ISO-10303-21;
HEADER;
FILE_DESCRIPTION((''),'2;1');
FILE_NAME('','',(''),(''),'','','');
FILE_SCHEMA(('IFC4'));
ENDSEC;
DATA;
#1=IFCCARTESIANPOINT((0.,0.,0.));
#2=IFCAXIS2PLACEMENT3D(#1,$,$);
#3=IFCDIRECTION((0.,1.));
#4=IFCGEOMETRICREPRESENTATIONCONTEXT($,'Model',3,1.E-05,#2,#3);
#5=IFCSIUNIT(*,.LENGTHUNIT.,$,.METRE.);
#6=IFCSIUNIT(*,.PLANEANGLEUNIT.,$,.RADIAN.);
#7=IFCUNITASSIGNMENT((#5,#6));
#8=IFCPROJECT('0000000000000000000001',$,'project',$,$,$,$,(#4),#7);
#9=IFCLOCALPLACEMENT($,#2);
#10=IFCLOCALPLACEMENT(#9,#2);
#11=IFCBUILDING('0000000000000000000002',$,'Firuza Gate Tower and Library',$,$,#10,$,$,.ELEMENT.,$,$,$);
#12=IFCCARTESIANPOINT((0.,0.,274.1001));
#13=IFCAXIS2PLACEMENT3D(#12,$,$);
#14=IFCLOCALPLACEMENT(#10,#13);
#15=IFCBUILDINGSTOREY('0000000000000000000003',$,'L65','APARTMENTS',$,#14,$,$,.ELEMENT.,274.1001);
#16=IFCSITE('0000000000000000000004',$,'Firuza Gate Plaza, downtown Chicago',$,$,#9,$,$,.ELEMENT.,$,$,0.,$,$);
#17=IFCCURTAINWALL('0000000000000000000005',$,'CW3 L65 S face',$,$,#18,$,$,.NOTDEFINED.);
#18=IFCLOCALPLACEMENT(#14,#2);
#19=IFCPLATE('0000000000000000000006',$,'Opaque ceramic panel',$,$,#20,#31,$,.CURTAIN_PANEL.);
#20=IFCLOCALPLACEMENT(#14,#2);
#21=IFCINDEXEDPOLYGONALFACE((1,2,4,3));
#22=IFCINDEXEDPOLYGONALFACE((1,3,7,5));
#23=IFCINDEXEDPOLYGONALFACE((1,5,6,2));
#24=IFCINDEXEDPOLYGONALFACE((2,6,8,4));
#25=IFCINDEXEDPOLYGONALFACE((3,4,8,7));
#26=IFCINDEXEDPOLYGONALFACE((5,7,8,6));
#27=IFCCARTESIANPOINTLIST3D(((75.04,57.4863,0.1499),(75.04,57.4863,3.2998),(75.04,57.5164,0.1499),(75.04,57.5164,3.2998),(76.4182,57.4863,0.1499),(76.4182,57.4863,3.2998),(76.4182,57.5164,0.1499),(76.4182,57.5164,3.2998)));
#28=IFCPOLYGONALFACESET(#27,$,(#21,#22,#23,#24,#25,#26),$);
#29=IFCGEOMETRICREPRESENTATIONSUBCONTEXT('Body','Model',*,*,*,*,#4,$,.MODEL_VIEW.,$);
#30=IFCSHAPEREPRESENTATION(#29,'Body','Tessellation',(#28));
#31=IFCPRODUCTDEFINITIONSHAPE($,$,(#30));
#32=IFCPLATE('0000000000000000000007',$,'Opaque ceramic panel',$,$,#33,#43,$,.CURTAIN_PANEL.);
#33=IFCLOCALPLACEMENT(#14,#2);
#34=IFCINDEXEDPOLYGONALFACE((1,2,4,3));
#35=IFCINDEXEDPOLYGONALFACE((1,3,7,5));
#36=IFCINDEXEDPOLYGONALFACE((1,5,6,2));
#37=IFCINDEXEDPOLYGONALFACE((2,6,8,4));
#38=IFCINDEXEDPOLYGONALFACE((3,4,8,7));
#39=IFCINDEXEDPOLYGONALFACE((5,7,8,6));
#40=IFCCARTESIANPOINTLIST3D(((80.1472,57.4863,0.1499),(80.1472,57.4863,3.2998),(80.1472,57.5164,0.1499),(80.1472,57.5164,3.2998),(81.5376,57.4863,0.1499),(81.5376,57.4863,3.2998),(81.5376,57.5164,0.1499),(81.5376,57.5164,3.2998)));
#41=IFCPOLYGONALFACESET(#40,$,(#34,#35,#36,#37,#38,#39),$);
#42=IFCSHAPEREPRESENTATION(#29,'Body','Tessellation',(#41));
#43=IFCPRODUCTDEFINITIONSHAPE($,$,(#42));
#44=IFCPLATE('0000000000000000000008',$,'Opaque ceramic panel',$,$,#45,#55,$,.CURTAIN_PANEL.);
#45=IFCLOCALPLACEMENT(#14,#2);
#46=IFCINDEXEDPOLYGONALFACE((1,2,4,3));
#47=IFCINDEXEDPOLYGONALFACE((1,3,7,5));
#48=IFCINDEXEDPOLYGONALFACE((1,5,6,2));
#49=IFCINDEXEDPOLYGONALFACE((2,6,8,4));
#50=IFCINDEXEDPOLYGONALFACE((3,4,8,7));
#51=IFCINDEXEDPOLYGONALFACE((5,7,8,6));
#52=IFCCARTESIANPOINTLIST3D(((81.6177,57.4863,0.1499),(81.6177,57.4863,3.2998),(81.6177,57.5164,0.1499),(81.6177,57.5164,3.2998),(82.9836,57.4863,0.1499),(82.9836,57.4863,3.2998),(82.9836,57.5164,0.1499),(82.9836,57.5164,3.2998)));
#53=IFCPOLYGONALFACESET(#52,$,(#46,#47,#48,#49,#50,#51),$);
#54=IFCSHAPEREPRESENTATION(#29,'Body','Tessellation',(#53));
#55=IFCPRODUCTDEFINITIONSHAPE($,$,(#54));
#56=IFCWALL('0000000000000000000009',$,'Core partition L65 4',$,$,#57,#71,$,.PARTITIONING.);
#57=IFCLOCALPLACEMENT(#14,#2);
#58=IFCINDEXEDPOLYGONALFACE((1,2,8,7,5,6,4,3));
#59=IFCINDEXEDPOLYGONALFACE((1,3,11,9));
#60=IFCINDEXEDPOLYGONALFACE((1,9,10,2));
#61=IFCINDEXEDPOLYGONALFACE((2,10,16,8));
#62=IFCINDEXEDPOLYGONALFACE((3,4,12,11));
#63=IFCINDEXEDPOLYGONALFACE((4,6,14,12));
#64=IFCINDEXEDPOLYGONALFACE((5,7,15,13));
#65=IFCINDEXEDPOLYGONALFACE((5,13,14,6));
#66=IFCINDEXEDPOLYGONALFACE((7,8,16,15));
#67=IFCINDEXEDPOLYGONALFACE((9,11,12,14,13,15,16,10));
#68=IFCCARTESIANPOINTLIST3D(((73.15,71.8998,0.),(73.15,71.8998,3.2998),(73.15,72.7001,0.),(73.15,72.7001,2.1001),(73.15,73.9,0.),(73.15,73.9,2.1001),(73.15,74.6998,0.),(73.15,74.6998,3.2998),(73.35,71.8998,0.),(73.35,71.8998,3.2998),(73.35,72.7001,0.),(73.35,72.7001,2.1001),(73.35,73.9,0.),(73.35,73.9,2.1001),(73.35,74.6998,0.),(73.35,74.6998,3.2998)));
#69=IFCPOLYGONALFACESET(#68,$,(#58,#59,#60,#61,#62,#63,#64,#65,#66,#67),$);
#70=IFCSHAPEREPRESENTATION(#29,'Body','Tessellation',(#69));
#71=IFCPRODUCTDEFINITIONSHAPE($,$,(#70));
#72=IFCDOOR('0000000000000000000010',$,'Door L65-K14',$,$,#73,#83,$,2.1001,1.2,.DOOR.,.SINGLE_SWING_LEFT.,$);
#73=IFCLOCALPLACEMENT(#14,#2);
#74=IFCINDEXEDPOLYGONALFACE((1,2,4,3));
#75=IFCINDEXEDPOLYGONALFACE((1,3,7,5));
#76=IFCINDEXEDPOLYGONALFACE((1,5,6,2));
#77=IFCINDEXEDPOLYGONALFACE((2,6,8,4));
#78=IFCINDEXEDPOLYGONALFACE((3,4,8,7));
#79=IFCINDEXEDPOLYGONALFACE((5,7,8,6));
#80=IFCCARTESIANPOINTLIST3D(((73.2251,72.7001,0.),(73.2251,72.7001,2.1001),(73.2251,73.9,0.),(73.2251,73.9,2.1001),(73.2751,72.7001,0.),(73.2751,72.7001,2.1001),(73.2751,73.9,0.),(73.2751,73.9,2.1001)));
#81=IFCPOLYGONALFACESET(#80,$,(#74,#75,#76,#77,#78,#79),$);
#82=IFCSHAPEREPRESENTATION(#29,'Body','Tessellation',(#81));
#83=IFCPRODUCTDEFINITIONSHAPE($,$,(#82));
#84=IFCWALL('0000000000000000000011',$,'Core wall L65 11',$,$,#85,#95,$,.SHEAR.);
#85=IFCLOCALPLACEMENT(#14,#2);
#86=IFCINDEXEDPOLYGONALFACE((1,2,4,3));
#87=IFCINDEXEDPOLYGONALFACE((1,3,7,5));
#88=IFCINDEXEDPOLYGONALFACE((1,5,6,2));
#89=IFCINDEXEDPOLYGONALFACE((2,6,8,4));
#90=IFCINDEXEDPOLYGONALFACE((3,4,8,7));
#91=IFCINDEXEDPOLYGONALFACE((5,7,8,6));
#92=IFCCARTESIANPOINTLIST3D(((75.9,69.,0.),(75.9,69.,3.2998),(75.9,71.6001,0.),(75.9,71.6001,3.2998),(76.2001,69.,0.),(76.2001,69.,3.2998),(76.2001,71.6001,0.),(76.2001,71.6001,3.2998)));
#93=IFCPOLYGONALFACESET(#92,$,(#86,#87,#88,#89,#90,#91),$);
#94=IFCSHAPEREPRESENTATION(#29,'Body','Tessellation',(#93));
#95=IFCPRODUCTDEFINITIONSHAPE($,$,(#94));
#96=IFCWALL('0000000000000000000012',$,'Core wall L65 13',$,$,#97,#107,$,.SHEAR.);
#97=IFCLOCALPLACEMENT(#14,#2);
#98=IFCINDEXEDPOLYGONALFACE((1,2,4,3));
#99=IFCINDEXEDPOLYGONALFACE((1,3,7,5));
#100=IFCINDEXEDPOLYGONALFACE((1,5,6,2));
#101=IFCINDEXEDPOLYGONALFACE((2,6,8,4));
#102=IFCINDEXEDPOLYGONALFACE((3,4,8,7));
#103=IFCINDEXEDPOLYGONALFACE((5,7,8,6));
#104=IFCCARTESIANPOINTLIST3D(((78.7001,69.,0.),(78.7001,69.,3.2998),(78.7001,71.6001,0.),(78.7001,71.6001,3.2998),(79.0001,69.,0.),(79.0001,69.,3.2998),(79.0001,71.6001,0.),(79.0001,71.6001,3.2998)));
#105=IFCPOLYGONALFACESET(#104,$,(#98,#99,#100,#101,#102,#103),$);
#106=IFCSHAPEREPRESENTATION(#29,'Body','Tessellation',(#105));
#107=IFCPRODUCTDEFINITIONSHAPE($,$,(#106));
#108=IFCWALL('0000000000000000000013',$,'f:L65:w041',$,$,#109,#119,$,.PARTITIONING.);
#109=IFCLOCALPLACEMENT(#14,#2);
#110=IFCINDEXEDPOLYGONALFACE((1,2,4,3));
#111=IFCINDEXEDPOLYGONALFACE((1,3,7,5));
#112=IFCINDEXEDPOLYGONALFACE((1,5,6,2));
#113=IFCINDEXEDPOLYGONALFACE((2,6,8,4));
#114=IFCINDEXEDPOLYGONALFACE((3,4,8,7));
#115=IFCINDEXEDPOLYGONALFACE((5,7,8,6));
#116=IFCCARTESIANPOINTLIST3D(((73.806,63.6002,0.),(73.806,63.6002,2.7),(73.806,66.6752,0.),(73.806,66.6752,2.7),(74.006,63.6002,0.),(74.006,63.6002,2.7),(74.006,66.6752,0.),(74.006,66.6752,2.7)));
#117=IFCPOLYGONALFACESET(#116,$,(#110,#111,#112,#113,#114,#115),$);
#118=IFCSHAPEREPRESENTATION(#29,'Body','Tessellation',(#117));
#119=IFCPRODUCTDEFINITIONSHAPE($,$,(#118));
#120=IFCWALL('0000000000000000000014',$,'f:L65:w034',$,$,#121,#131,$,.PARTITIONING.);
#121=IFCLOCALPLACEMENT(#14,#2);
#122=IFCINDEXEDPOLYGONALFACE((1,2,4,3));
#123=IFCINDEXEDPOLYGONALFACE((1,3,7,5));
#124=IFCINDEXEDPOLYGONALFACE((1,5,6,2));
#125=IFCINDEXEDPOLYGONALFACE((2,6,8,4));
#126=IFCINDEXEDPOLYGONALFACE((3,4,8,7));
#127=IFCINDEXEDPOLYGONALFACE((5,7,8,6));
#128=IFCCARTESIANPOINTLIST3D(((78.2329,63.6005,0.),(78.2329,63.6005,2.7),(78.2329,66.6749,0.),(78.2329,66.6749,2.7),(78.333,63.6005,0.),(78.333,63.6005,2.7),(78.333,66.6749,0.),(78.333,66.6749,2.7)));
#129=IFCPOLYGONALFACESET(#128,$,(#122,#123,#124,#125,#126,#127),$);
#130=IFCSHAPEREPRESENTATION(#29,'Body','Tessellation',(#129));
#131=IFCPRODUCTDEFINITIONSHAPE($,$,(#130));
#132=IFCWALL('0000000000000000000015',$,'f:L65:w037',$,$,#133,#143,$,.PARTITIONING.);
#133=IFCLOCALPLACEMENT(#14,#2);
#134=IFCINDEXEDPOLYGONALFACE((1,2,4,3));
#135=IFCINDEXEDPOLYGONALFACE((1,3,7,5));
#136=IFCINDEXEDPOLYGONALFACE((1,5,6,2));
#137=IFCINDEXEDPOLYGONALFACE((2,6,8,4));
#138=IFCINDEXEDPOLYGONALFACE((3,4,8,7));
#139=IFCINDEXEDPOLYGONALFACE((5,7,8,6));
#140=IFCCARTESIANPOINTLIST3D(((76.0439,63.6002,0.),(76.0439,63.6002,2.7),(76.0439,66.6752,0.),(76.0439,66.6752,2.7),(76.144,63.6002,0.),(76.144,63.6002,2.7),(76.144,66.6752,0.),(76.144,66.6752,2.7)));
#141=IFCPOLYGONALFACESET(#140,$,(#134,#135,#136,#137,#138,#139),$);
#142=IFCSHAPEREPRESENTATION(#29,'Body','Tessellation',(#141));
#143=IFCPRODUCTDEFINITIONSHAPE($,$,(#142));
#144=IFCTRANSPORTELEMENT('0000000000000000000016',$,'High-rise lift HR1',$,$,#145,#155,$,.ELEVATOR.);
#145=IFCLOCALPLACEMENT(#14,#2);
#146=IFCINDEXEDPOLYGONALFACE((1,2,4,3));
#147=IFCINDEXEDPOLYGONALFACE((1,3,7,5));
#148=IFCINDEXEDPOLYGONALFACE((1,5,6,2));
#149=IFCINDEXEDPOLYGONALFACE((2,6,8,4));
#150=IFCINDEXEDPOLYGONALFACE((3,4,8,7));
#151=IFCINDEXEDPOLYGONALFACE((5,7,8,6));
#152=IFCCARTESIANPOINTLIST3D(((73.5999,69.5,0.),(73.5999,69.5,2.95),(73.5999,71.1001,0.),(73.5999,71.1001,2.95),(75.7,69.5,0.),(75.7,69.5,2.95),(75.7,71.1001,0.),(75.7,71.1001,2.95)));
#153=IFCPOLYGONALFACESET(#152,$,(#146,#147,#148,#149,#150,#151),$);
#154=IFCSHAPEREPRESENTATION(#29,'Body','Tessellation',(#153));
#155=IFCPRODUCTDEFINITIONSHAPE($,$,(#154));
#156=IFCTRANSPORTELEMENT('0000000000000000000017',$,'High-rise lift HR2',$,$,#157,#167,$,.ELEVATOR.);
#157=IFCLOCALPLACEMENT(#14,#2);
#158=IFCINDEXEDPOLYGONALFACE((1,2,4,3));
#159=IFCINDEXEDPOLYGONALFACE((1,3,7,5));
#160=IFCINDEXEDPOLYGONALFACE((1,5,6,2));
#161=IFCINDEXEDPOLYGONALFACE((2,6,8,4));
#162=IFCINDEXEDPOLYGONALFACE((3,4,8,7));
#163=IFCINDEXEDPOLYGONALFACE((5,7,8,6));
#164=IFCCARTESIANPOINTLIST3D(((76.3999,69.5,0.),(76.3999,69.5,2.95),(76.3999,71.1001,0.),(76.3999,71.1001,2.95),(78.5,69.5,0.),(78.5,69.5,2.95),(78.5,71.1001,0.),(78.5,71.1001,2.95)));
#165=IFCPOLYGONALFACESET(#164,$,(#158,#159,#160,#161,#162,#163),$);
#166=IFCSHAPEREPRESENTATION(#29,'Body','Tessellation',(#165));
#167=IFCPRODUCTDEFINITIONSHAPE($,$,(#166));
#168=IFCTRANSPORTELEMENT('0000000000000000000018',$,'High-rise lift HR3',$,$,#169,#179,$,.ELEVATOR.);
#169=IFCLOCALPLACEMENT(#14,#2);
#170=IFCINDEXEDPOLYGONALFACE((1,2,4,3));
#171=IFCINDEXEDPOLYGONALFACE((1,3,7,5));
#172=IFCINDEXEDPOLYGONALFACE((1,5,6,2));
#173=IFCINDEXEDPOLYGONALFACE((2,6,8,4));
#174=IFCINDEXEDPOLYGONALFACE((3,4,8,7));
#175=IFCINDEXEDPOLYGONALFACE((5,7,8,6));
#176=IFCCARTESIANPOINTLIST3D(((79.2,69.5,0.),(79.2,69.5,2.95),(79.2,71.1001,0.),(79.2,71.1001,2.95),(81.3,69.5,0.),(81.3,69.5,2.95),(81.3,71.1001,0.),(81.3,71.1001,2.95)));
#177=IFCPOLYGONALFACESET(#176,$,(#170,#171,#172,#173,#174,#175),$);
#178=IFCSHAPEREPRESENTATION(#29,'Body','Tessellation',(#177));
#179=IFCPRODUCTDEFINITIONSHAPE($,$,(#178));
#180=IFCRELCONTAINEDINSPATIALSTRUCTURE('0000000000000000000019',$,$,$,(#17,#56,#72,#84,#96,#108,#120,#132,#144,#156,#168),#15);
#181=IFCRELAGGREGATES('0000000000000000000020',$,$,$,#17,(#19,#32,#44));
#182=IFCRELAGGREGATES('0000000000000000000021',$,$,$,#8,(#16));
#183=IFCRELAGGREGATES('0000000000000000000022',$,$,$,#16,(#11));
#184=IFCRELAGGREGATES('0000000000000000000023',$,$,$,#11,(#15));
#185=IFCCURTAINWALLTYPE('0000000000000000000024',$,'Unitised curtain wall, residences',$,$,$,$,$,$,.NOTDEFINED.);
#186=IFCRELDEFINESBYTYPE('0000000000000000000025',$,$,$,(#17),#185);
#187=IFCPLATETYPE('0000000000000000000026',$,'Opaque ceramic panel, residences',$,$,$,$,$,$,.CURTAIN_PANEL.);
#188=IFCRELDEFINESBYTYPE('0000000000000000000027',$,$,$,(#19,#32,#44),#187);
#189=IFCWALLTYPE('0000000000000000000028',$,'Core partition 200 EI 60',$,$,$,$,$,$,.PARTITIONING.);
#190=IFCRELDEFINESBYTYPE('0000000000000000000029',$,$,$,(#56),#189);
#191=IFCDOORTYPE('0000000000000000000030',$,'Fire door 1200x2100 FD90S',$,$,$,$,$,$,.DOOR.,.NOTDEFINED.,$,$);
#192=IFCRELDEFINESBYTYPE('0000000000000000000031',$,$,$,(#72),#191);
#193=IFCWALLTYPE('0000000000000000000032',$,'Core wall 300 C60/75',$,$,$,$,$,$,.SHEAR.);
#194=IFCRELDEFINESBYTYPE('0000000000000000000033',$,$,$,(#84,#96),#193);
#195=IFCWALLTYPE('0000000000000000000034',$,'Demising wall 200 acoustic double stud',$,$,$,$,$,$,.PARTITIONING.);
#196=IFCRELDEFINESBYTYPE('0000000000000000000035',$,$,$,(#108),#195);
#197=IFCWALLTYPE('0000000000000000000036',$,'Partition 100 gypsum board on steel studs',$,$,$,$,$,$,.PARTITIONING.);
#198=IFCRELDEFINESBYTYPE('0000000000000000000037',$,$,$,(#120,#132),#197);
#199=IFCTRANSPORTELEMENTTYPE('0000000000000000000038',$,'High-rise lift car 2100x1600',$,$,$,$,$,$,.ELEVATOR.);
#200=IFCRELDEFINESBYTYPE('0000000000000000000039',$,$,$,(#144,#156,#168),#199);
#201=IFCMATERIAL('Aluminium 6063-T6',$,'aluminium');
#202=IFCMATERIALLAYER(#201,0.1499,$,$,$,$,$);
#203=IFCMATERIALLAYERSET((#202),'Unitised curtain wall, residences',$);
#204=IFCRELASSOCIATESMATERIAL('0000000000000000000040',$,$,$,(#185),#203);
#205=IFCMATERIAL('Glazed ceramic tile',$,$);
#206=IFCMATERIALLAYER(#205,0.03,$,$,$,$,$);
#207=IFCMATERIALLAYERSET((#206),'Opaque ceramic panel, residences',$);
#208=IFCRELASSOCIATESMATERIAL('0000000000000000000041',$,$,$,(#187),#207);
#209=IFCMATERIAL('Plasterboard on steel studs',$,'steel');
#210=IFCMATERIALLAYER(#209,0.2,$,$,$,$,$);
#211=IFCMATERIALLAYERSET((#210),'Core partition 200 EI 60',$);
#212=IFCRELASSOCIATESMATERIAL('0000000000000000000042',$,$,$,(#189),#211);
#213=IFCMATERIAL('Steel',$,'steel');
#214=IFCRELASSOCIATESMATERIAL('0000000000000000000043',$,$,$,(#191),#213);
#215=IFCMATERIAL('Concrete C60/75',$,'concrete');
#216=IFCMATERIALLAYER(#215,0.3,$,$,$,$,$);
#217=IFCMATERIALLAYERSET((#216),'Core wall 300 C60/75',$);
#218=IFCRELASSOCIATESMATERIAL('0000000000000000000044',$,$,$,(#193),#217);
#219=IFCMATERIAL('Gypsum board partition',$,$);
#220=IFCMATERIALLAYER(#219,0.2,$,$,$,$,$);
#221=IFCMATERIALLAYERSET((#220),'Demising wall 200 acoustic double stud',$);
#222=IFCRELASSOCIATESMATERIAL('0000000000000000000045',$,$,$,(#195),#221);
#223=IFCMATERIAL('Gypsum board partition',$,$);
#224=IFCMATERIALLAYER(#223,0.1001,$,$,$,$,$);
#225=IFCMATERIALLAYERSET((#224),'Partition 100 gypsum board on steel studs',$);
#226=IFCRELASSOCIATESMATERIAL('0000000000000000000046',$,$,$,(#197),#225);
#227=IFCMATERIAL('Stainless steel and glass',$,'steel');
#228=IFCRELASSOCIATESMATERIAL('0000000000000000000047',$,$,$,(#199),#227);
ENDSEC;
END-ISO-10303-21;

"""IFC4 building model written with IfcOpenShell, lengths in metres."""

from ifc_helpers import new_model, si_unit, direction, frame, frame_2d, origin, origin_2d, place, context, subcontext, project, spatial, polyline, rectangle, outline, extrude, material, layer, layer_set, type_object, element, fill, aggregate, save


model = new_model("IFC4")

# Units and contexts
model_context = context("Model", 3, precision=1e-05, world=origin(), true_north=direction((0.0, 1.0)))
body_context = subcontext(model_context, "Body", "Model", "MODEL_VIEW")
ifc_project = project(units=[si_unit("LENGTHUNIT", "METRE"), si_unit("PLANEANGLEUNIT", "RADIAN")], contexts=[model_context])

# Site, building, storey
site_placement = place(None, origin())
site = spatial("IfcSite", under=ifc_project, at=site_placement, Name="Firuza Gate Plaza, downtown Chicago", CompositionType="ELEMENT", RefElevation=0.0)
building_placement = place(site_placement, origin())
building = spatial("IfcBuilding", under=site, at=building_placement, Name="Firuza Gate Tower and Library", CompositionType="ELEMENT")
storey_placement = place(building_placement, frame((0.0, 0.0, 274.1001)))
storey = spatial("IfcBuildingStorey", under=building, at=storey_placement, Name="L65", Description="APARTMENTS", CompositionType="ELEMENT", Elevation=274.1001)

# Curtain wall
ifc_material_1 = material(Name="Aluminium 6063-T6", Category="aluminium")
ifc_layer_1 = layer(ifc_material_1, 0.1499)
ifc_layer_set_1 = layer_set([ifc_layer_1], Name="Unitised curtain wall, residences")
curtain_wall_type = type_object("IfcCurtainWallType", Name="Unitised curtain wall, residences", PredefinedType="NOTDEFINED", material=ifc_layer_set_1)
curtain_wall_placement = place(storey_placement, origin())
curtain_wall = element("IfcCurtainWall", 1, at=curtain_wall_placement, inside=storey, type_object=curtain_wall_type, Name="CW3 L65 S face", PredefinedType="NOTDEFINED")

# Plates
ifc_material_2 = material(Name="Glazed ceramic tile")
ifc_layer_2 = layer(ifc_material_2, 0.03)
ifc_layer_set_2 = layer_set([ifc_layer_2], Name="Opaque ceramic panel, residences")
plate_type_1 = type_object("IfcPlateType", Name="Opaque ceramic panel, residences", PredefinedType="CURTAIN_PANEL", material=ifc_layer_set_2)
plate_1_placement = place(storey_placement, frame((75.04, 57.4863, 0.1499), z_axis=(0.0, -1.0, 0.0), x_axis=(1.0, 0.0, 0.0)))
plate_1 = element("IfcPlate", 2, at=plate_1_placement, type_object=plate_type_1, Name="Opaque ceramic panel", PredefinedType="CURTAIN_PANEL", context=body_context, shape_type="SweptSolid", body=[
    extrude(outline(polyline([(0.0, 0.0), (1.3782, 0.0), (1.3782, 3.1499), (0.0, 3.1499), (0.0, 0.0)])), origin(), (0.0, 0.0, -1.0), 0.03),
])
plate_2_placement = place(storey_placement, frame((80.1472, 57.4863, 0.1499), z_axis=(0.0, -1.0, 0.0), x_axis=(1.0, 0.0, 0.0)))
plate_2 = element("IfcPlate", 3, at=plate_2_placement, type_object=plate_type_1, Name="Opaque ceramic panel", PredefinedType="CURTAIN_PANEL", context=body_context, shape_type="SweptSolid", body=[
    extrude(outline(polyline([(0.0, 0.0), (1.3904, 0.0), (1.3904, 3.1499), (0.0, 3.1499), (0.0, 0.0)])), origin(), (0.0, 0.0, -1.0), 0.03),
])
plate_3_placement = place(storey_placement, frame((81.6177, 57.4863, 0.1499), z_axis=(0.0, -1.0, 0.0), x_axis=(1.0, 0.0, 0.0)))
plate_3 = element("IfcPlate", 4, at=plate_3_placement, type_object=plate_type_1, Name="Opaque ceramic panel", PredefinedType="CURTAIN_PANEL", context=body_context, shape_type="SweptSolid", body=[
    extrude(outline(polyline([(0.0, 0.0), (1.366, 0.0), (1.366, 3.1499), (0.0, 3.1499), (0.0, 0.0)])), origin(), (0.0, 0.0, -1.0), 0.03),
])
aggregate(curtain_wall, [plate_1, plate_2, plate_3])

# Wall, opening, door
ifc_material_3 = material(Name="Plasterboard on steel studs", Category="steel")
ifc_layer_3 = layer(ifc_material_3, 0.2)
ifc_layer_set_3 = layer_set([ifc_layer_3], Name="Core partition 200 EI 60")
wall_type_1 = type_object("IfcWallType", Name="Core partition 200 EI 60", PredefinedType="PARTITIONING", material=ifc_layer_set_3)
wall_1_placement = place(storey_placement, frame((73.25, 71.8999, 0.0), z_axis=(0.0, 0.0, 1.0), x_axis=(0.0, 1.0, 0.0)))
wall_1 = element("IfcWall", 5, at=wall_1_placement, inside=storey, type_object=wall_type_1, Name="Core partition L65 4", PredefinedType="PARTITIONING", context=body_context, shape_type="SweptSolid", body=[
    extrude(rectangle(XDim=2.8, YDim=0.2, at=frame_2d((1.3999, 0.0))), origin(), (0.0, 0.0, 1.0), 3.2998),
])
opening_placement = place(wall_1_placement, frame((0.8, 0.0, 0.0)))
opening = element("IfcOpeningElement", 6, at=opening_placement, cuts=wall_1, PredefinedType="OPENING", context=body_context, shape_type="SweptSolid", body=[
    extrude(rectangle(XDim=1.2, YDim=2.1001, at=frame_2d((0.6001, 1.05))), frame((0.0, 0.1099, 0.0), z_axis=(0.0, -1.0, 0.0), x_axis=(1.0, 0.0, 0.0)), (0.0, 0.0, 1.0), 0.22),
])
ifc_material_4 = material(Name="Steel", Category="steel")
door_type = type_object("IfcDoorType", Name="Fire door 1200x2100 FD90S", OperationType="NOTDEFINED", PredefinedType="DOOR", material=ifc_material_4)
door_placement = place(opening_placement, origin())
door = element("IfcDoor", 7, at=door_placement, inside=storey, type_object=door_type, Name="Door L65-K14", OperationType="SINGLE_SWING_LEFT", OverallHeight=2.1001, OverallWidth=1.2, PredefinedType="DOOR", context=body_context, shape_type="SweptSolid", body=[
    extrude(rectangle(XDim=1.2, YDim=2.1001, at=frame_2d((0.6001, 1.05))), frame((0.0, 0.0249, 0.0), z_axis=(0.0, -1.0, 0.0), x_axis=(1.0, 0.0, 0.0)), (0.0, 0.0, 1.0), 0.05),
])
fill(opening, door)

# Walls
ifc_material_5 = material(Name="Concrete C60/75", Category="concrete")
ifc_layer_4 = layer(ifc_material_5, 0.3)
ifc_layer_set_4 = layer_set([ifc_layer_4], Name="Core wall 300 C60/75")
wall_type_2 = type_object("IfcWallType", Name="Core wall 300 C60/75", PredefinedType="SHEAR", material=ifc_layer_set_4)
for number, where, z_axis, x_axis, name in (
    (8, (76.05, 69.0, 0.0), (0.0, 0.0, 1.0), (0.0, 1.0, 0.0), "Core wall L65 11"),
    (9, (78.8501, 69.0, 0.0), (0.0, 0.0, 1.0), (0.0, 1.0, 0.0), "Core wall L65 13"),
):
    element("IfcWall", number, at=place(storey_placement, frame(where, z_axis=z_axis, x_axis=x_axis)), inside=storey, type_object=wall_type_2, Name=name, PredefinedType="SHEAR", context=body_context, shape_type="SweptSolid", body=[
        extrude(rectangle(XDim=2.6001, YDim=0.3, at=frame_2d((1.3, 0.0))), origin(), (0.0, 0.0, 1.0), 3.2998),
    ])
ifc_material_6 = material(Name="Gypsum board partition")
ifc_layer_5 = layer(ifc_material_6, 0.2)
ifc_layer_set_5 = layer_set([ifc_layer_5], Name="Demising wall 200 acoustic double stud")
wall_type_3 = type_object("IfcWallType", Name="Demising wall 200 acoustic double stud", PredefinedType="PARTITIONING", material=ifc_layer_set_5)
wall_2_placement = place(storey_placement, frame((73.906, 63.6001, 0.0), z_axis=(0.0, 0.0, 1.0), x_axis=(0.0, 1.0, 0.0)))
element("IfcWall", 10, at=wall_2_placement, inside=storey, type_object=wall_type_3, Name="f:L65:w041", PredefinedType="PARTITIONING", context=body_context, shape_type="SweptSolid", body=[
    extrude(rectangle(XDim=3.075, YDim=0.2, at=frame_2d((1.5376, 0.0))), origin(), (0.0, 0.0, 1.0), 2.7),
])
ifc_material_7 = material(Name="Gypsum board partition")
ifc_layer_6 = layer(ifc_material_7, 0.1001)
ifc_layer_set_6 = layer_set([ifc_layer_6], Name="Partition 100 gypsum board on steel studs")
wall_type_4 = type_object("IfcWallType", Name="Partition 100 gypsum board on steel studs", PredefinedType="PARTITIONING", material=ifc_layer_set_6)
wall_3_placement = place(storey_placement, frame((78.283, 63.6006, 0.0), z_axis=(0.0, 0.0, 1.0), x_axis=(0.0, 1.0, 0.0)))
element("IfcWall", 11, at=wall_3_placement, inside=storey, type_object=wall_type_4, Name="f:L65:w034", PredefinedType="PARTITIONING", context=body_context, shape_type="SweptSolid", body=[
    extrude(rectangle(XDim=3.0745, YDim=0.1001, at=frame_2d((1.5371, 0.0))), origin(), (0.0, 0.0, 1.0), 2.7),
])
wall_4_placement = place(storey_placement, frame((76.094, 63.6001, 0.0), z_axis=(0.0, 0.0, 1.0), x_axis=(0.0, 1.0, 0.0)))
element("IfcWall", 12, at=wall_4_placement, inside=storey, type_object=wall_type_4, Name="f:L65:w037", PredefinedType="PARTITIONING", context=body_context, shape_type="SweptSolid", body=[
    extrude(rectangle(XDim=3.075, YDim=0.1001, at=frame_2d((1.5376, 0.0))), origin(), (0.0, 0.0, 1.0), 2.7),
])

# Transport elements
ifc_material_8 = material(Name="Stainless steel and glass", Category="steel")
transport_element_type = type_object("IfcTransportElementType", Name="High-rise lift car 2100x1600", PredefinedType="ELEVATOR", material=ifc_material_8)
for number, where, z_axis, x_axis, name in (
    (13, (74.6499, 70.3, 0.0), (0.0, 0.0, 1.0), (1.0, 0.0, 0.0), "High-rise lift HR1"),
    (14, (77.45, 70.3, 0.0), (0.0, 0.0, 1.0), (1.0, 0.0, 0.0), "High-rise lift HR2"),
    (15, (80.25, 70.3, 0.0), (0.0, 0.0, 1.0), (1.0, 0.0, 0.0), "High-rise lift HR3"),
):
    element("IfcTransportElement", number, at=place(storey_placement, frame(where, z_axis=z_axis, x_axis=x_axis)), inside=storey, type_object=transport_element_type, Name=name, PredefinedType="ELEVATOR", context=body_context, shape_type="SweptSolid", body=[
        extrude(rectangle(XDim=2.1001, YDim=1.6001, at=origin_2d()), origin(), (0.0, 0.0, 1.0), 2.95),
    ])

save(model, "model.ifc")
